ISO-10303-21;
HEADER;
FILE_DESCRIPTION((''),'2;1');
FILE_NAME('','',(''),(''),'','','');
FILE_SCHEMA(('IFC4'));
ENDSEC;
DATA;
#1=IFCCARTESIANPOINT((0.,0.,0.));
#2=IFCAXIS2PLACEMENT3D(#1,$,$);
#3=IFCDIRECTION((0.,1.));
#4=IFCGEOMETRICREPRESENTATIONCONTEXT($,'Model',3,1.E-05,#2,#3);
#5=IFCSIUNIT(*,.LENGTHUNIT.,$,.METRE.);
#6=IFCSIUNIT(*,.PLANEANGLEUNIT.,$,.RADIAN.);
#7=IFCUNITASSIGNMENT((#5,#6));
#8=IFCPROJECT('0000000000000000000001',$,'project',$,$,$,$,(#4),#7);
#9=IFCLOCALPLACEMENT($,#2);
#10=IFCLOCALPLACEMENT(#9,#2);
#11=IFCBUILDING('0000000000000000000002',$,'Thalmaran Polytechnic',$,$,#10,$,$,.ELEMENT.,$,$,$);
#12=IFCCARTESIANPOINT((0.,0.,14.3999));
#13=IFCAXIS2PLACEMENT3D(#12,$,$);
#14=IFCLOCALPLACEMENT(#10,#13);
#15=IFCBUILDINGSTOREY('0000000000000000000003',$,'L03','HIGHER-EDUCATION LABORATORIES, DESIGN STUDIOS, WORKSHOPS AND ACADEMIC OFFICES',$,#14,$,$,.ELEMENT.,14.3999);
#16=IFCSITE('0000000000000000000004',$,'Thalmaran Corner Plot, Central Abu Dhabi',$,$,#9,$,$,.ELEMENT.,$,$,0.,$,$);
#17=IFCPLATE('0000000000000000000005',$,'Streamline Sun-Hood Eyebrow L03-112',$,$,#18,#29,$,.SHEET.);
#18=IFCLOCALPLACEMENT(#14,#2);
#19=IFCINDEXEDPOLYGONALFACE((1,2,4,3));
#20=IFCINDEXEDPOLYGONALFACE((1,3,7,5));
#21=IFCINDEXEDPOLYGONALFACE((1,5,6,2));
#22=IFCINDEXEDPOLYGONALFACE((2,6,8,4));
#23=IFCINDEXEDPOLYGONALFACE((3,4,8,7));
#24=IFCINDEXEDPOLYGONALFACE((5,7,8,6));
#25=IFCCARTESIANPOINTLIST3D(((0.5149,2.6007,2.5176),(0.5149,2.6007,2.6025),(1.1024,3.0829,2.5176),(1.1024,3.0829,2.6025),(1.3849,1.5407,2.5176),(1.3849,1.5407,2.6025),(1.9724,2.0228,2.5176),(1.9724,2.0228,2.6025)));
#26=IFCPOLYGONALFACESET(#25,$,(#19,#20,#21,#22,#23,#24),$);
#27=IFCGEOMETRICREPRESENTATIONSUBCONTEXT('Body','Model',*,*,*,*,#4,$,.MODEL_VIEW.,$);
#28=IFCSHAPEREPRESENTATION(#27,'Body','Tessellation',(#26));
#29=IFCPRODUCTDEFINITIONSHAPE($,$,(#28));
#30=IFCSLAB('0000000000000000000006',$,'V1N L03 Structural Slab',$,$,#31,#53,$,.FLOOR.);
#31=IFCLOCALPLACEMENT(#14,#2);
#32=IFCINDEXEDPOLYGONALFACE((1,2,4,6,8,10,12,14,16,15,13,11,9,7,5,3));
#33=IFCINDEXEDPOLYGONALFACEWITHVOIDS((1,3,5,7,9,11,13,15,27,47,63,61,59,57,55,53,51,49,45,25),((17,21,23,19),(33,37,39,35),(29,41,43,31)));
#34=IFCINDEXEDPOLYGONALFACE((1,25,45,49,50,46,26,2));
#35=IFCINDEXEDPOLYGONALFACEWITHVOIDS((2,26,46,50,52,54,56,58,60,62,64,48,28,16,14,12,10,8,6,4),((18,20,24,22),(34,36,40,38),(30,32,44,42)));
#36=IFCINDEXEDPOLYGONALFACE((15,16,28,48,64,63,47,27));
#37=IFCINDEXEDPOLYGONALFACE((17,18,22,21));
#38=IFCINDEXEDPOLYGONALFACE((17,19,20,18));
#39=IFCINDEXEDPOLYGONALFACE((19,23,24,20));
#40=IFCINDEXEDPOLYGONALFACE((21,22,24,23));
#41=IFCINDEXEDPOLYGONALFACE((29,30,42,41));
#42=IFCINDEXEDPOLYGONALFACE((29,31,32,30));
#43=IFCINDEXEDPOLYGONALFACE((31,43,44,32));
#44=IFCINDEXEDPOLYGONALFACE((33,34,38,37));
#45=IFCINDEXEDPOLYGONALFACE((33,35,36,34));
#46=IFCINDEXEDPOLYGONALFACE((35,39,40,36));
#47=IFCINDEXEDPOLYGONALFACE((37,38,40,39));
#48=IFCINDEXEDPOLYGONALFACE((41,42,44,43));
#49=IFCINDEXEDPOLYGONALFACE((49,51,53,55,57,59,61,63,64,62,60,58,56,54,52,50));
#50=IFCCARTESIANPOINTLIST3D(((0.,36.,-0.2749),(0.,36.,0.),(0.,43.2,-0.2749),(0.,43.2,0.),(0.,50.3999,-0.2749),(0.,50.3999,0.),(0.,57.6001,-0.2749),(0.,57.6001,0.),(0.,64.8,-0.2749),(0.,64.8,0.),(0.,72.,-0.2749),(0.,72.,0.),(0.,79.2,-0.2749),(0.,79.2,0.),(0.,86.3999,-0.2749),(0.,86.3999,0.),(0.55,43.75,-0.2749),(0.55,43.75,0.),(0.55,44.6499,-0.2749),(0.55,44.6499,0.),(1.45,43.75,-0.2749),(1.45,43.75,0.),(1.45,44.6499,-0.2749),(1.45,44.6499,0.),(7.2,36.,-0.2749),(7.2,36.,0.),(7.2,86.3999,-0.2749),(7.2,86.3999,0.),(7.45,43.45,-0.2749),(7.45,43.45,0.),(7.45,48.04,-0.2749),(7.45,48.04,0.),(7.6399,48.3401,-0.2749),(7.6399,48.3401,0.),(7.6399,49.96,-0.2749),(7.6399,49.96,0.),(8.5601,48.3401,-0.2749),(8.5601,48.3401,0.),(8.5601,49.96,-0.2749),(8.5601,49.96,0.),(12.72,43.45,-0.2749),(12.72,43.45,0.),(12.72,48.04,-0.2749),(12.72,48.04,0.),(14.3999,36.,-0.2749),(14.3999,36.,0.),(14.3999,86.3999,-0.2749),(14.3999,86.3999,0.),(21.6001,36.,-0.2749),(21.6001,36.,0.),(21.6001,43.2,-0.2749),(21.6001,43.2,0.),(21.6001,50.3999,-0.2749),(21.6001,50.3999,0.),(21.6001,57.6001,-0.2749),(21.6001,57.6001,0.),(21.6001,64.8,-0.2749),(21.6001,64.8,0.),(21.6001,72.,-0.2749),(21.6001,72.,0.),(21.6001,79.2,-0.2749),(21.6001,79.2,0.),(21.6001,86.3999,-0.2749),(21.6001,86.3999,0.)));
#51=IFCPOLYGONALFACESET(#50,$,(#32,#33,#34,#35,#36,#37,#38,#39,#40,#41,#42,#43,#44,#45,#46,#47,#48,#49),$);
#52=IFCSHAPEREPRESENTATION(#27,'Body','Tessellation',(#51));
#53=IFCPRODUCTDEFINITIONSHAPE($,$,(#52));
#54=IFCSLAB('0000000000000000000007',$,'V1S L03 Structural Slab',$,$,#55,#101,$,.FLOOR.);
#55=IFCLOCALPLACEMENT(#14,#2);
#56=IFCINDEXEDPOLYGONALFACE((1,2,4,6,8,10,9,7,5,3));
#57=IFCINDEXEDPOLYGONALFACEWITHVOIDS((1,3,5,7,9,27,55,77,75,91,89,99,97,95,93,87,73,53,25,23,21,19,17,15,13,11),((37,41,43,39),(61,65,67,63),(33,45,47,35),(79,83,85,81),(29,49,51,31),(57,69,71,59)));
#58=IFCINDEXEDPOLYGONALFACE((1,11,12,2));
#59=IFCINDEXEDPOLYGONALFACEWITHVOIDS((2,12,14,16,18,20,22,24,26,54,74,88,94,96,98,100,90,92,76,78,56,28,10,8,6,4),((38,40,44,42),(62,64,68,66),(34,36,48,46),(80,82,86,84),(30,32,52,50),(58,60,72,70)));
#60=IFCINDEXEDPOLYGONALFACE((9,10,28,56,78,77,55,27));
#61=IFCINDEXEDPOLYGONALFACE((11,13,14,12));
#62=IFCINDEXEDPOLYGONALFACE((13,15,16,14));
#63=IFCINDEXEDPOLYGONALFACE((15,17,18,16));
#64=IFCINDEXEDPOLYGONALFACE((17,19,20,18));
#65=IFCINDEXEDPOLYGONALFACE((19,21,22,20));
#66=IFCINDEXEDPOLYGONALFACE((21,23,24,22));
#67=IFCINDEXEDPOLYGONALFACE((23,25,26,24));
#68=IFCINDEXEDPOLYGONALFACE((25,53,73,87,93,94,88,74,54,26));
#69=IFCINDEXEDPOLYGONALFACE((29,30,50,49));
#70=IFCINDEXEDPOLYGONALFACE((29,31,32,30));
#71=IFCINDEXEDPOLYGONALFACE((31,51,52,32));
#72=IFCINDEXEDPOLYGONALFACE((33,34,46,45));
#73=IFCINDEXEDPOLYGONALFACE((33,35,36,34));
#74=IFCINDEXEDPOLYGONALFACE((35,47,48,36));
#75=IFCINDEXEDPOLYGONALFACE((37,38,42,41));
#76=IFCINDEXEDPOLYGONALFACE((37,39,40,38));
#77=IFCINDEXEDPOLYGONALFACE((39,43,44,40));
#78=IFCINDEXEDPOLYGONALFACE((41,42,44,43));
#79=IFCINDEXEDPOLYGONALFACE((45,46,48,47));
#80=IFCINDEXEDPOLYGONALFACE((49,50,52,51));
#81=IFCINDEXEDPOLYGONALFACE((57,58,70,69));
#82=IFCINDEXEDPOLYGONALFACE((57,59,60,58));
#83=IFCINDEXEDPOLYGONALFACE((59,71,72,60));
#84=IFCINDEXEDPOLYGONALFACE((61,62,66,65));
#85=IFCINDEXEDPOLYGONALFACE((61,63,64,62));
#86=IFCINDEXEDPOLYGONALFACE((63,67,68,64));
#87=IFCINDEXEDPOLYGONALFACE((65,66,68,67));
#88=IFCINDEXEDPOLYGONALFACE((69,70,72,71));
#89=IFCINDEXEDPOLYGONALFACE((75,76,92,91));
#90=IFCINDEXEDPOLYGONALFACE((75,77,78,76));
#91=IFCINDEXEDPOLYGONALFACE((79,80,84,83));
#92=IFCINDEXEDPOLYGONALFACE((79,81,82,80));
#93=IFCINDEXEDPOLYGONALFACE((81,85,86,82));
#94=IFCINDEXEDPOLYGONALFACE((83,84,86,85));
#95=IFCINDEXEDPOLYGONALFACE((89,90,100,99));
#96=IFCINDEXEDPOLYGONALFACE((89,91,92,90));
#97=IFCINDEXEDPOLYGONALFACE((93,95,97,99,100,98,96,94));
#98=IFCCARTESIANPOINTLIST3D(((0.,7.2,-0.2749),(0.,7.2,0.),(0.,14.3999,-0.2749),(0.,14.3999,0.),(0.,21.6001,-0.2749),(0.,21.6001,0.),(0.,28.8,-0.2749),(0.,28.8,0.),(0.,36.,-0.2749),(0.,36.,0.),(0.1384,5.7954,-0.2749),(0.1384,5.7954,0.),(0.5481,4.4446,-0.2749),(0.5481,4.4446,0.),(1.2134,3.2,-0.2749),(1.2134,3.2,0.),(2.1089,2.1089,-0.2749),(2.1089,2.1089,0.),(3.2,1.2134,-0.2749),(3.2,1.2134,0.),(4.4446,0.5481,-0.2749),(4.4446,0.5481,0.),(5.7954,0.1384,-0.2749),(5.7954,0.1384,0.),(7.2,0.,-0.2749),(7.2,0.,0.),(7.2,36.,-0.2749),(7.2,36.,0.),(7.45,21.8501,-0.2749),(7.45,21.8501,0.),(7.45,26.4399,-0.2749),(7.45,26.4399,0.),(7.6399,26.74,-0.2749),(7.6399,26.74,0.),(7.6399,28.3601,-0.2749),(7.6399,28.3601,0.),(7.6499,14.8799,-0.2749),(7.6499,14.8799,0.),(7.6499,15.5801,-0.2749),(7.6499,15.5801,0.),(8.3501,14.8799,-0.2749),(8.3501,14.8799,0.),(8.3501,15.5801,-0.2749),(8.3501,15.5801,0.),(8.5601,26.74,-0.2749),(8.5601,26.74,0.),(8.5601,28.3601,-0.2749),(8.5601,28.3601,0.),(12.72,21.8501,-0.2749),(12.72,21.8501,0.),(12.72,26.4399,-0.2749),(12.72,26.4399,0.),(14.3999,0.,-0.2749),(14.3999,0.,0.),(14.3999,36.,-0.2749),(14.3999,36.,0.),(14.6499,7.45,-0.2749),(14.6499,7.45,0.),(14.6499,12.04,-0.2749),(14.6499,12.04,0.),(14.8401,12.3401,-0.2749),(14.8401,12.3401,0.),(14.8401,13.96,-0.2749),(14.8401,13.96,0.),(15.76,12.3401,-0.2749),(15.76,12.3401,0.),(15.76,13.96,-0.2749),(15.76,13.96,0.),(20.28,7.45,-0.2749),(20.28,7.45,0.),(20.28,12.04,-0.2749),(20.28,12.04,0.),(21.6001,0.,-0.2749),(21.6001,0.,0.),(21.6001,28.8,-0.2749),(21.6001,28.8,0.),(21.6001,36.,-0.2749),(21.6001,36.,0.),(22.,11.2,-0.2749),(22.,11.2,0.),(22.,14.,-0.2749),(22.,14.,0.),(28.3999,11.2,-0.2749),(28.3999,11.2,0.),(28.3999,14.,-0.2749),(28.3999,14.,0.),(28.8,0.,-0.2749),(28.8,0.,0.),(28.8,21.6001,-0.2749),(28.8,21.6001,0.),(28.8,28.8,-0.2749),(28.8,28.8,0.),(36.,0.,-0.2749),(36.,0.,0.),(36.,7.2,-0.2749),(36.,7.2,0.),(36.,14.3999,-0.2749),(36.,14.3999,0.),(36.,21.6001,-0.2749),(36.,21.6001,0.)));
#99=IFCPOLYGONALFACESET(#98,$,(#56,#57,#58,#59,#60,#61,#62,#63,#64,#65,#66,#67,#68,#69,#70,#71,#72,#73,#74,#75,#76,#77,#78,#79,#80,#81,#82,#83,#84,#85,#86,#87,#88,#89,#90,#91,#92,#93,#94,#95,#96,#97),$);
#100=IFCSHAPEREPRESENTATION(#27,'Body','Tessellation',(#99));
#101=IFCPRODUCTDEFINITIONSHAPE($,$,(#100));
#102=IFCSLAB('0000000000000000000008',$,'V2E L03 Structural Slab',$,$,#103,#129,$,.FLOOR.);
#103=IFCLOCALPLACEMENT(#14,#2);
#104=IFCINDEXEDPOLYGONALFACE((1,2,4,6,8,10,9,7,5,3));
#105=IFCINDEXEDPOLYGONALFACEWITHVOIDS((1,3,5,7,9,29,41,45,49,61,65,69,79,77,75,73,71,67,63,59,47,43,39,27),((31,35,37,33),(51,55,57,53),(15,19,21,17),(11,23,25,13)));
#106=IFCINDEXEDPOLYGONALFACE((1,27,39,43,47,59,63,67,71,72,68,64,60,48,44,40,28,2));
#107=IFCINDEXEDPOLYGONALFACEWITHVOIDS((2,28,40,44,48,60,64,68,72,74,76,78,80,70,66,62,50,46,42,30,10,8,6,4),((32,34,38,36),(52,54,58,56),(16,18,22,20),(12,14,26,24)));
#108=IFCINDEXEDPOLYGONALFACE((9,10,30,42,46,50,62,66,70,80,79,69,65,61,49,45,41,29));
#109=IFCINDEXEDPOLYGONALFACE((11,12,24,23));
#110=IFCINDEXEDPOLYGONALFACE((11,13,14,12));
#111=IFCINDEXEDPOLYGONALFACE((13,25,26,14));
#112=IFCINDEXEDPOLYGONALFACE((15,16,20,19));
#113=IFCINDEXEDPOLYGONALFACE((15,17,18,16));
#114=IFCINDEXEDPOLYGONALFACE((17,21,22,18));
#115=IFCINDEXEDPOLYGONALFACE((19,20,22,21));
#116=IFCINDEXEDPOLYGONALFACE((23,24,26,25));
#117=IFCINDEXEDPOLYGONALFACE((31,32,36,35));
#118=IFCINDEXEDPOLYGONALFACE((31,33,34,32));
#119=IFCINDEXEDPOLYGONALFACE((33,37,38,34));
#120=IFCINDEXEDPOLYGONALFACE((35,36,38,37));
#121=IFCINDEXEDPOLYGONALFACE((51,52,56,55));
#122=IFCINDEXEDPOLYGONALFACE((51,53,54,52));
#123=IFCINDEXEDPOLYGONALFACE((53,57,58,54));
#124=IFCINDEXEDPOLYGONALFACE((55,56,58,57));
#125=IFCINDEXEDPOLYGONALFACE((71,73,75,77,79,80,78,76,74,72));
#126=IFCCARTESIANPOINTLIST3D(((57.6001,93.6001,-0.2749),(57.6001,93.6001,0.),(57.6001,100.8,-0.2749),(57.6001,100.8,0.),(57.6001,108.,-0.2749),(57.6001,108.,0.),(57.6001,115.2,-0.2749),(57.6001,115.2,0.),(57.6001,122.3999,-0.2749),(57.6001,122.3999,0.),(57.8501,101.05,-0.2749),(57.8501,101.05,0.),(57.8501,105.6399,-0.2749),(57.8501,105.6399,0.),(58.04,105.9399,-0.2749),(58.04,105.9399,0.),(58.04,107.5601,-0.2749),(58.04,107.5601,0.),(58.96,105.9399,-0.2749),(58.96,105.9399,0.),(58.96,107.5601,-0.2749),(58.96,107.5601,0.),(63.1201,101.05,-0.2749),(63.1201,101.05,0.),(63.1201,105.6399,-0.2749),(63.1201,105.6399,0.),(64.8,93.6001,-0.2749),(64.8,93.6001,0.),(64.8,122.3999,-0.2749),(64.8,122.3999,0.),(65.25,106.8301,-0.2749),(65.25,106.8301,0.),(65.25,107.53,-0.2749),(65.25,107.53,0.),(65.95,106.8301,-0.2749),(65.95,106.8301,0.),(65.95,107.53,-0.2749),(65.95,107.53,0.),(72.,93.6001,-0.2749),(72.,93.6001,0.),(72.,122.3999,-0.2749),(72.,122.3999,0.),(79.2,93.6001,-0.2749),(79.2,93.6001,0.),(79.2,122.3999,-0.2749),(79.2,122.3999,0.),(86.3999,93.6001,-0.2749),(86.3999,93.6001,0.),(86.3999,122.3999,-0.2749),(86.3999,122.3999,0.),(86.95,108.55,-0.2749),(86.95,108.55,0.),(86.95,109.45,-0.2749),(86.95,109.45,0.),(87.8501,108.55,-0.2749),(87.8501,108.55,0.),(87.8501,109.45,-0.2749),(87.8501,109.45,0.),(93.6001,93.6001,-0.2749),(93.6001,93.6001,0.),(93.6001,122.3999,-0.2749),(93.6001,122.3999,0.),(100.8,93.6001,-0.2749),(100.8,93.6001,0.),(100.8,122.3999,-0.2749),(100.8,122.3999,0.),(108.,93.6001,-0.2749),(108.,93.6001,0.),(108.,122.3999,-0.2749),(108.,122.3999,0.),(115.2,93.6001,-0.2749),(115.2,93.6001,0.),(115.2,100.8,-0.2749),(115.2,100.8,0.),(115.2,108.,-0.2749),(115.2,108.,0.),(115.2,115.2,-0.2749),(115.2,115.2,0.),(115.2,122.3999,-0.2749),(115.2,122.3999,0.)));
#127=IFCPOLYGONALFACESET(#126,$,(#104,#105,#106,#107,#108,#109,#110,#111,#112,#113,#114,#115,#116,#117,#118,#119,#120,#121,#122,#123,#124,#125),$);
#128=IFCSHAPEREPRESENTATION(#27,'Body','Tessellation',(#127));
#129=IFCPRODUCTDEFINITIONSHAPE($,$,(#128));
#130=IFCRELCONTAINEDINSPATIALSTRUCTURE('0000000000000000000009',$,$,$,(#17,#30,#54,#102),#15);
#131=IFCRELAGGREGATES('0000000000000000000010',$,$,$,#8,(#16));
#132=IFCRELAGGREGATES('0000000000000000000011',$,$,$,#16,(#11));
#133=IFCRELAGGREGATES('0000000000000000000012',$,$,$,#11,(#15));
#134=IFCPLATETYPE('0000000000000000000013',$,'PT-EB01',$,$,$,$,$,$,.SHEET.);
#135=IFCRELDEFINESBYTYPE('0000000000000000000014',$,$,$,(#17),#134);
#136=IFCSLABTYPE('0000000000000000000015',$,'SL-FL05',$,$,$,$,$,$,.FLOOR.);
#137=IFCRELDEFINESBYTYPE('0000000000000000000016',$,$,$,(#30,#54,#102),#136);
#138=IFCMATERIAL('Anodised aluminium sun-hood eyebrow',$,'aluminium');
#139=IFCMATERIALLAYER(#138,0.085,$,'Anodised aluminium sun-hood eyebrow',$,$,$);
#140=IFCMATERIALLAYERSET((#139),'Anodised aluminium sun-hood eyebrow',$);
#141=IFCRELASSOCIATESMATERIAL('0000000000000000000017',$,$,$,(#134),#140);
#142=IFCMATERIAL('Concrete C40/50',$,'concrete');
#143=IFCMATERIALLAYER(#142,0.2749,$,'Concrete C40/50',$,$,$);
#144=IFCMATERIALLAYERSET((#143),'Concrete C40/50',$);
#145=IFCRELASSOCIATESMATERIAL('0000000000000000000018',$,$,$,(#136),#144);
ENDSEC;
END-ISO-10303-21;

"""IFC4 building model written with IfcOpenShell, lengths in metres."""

from ifc_helpers import new_model, si_unit, direction, frame, origin, origin_2d, place, context, subcontext, project, spatial, polyline, rectangle, outline, extrude, material, layer, layer_set, type_object, element, save


model = new_model("IFC4")

# Units and contexts
model_context = context("Model", 3, precision=1e-05, world=origin(), true_north=direction((0.0, 1.0)))
body_context = subcontext(model_context, "Body", "Model", "MODEL_VIEW")
ifc_project = project(units=[si_unit("LENGTHUNIT", "METRE"), si_unit("PLANEANGLEUNIT", "RADIAN")], contexts=[model_context])

# Site, building, storey
site_placement = place(None, origin())
site = spatial("IfcSite", under=ifc_project, at=site_placement, Name="Thalmaran Corner Plot, Central Abu Dhabi", CompositionType="ELEMENT", RefElevation=0.0)
building_placement = place(site_placement, origin())
building = spatial("IfcBuilding", under=site, at=building_placement, Name="Thalmaran Polytechnic", CompositionType="ELEMENT")
storey_placement = place(building_placement, frame((0.0, 0.0, 14.3999)))
storey = spatial("IfcBuildingStorey", under=building, at=storey_placement, Name="L03", Description="HIGHER-EDUCATION LABORATORIES, DESIGN STUDIOS, WORKSHOPS AND ACADEMIC OFFICES", CompositionType="ELEMENT", Elevation=14.3999)

# Plate
ifc_material_1 = material(Name="Anodised aluminium sun-hood eyebrow", Category="aluminium")
ifc_layer_1 = layer(ifc_material_1, 0.085, Name="Anodised aluminium sun-hood eyebrow")
ifc_layer_set_1 = layer_set([ifc_layer_1], Name="Anodised aluminium sun-hood eyebrow")
plate_type = type_object("IfcPlateType", Name="PT-EB01", PredefinedType="SHEET", material=ifc_layer_set_1)
plate_placement = place(storey_placement, frame((1.2437, 2.3118, 2.5176), z_axis=(0.0, 0.0, 1.0), x_axis=(-0.634393, 0.77301, 0.0)))
element("IfcPlate", 1, at=plate_placement, inside=storey, type_object=plate_type, Name="Streamline Sun-Hood Eyebrow L03-112", PredefinedType="SHEET", context=body_context, shape_type="SweptSolid", body=[
    extrude(rectangle(XDim=1.3713, YDim=0.76, at=origin_2d()), origin(), (0.0, 0.0, 1.0), 0.085),
])

# Slabs
ifc_material_2 = material(Name="Concrete C40/50", Category="concrete")
ifc_layer_2 = layer(ifc_material_2, 0.2749, Name="Concrete C40/50")
ifc_layer_set_2 = layer_set([ifc_layer_2], Name="Concrete C40/50")
slab_type_1 = type_object("IfcSlabType", Name="SL-FL05", PredefinedType="FLOOR", material=ifc_layer_set_2)
slab_1_placement = place(storey_placement, frame((0.0, 0.0, -0.2749)))
element("IfcSlab", 2, at=slab_1_placement, inside=storey, type_object=slab_type_1, Name="V1N L03 Structural Slab", PredefinedType="FLOOR", context=body_context, shape_type="SweptSolid", body=[
    extrude(outline(polyline([(0.0, 72.0), (0.0, 79.2), (0.0, 86.3999), (7.2, 86.3999), (14.3999, 86.3999), (21.6001, 86.3999), (21.6001, 79.2), (21.6001, 72.0), (21.6001, 64.8), (21.6001, 57.6001), (21.6001, 50.3999), (21.6001, 43.2), (21.6001, 36.0), (14.3999, 36.0), (7.2, 36.0), (0.0, 36.0), (0.0, 43.2), (0.0, 50.3999), (0.0, 57.6001), (0.0, 64.8), (0.0, 72.0)]), holes=[polyline([(7.45, 43.45), (12.72, 43.45), (12.72, 48.04), (7.45, 48.04), (7.45, 43.45)]), polyline([(7.6399, 49.96), (7.6399, 48.3401), (8.5601, 48.3401), (8.5601, 49.96), (7.6399, 49.96)]), polyline([(1.45, 44.6499), (0.55, 44.6499), (0.55, 43.75), (1.45, 43.75), (1.45, 44.6499)])]), origin(), (0.0, 0.0, 1.0), 0.2749),
])
slab_2_placement = place(storey_placement, frame((0.0, 0.0, -0.2749)))
element("IfcSlab", 3, at=slab_2_placement, inside=storey, type_object=slab_type_1, Name="V1S L03 Structural Slab", PredefinedType="FLOOR", context=body_context, shape_type="SweptSolid", body=[
    extrude(outline(polyline([(0.0, 21.6001), (0.0, 28.8), (0.0, 36.0), (7.2, 36.0), (14.3999, 36.0), (21.6001, 36.0), (21.6001, 28.8), (28.8, 28.8), (28.8, 21.6001), (36.0, 21.6001), (36.0, 14.3999), (36.0, 7.2), (36.0, 0.0), (28.8, 0.0), (21.6001, 0.0), (14.3999, 0.0), (7.2, 0.0), (5.7954, 0.1384), (4.4446, 0.5481), (3.2, 1.2134), (2.1089, 2.1089), (1.2134, 3.2), (0.5481, 4.4446), (0.1384, 5.7954), (0.0, 7.2), (0.0, 14.3999), (0.0, 21.6001)]), holes=[polyline([(28.3999, 11.2), (28.3999, 14.0), (22.0, 14.0), (22.0, 11.2), (28.3999, 11.2)]), polyline([(14.6499, 12.04), (14.6499, 7.45), (20.28, 7.45), (20.28, 12.04), (14.6499, 12.04)]), polyline([(15.76, 13.96), (14.8401, 13.96), (14.8401, 12.3401), (15.76, 12.3401), (15.76, 13.96)]), polyline([(7.45, 21.8501), (12.72, 21.8501), (12.72, 26.4399), (7.45, 26.4399), (7.45, 21.8501)]), polyline([(7.6399, 28.3601), (7.6399, 26.74), (8.5601, 26.74), (8.5601, 28.3601), (7.6399, 28.3601)]), polyline([(8.3501, 15.5801), (7.6499, 15.5801), (7.6499, 14.8799), (8.3501, 14.8799), (8.3501, 15.5801)])]), origin(), (0.0, 0.0, 1.0), 0.2749),
])
slab_3_placement = place(storey_placement, frame((0.0, 0.0, -0.2749)))
element("IfcSlab", 4, at=slab_3_placement, inside=storey, type_object=slab_type_1, Name="V2E L03 Structural Slab", PredefinedType="FLOOR", context=body_context, shape_type="SweptSolid", body=[
    extrude(outline(polyline([(57.6001, 108.0), (57.6001, 115.2), (57.6001, 122.3999), (64.8, 122.3999), (72.0, 122.3999), (79.2, 122.3999), (86.3999, 122.3999), (93.6001, 122.3999), (100.8, 122.3999), (108.0, 122.3999), (115.2, 122.3999), (115.2, 115.2), (115.2, 108.0), (115.2, 100.8), (115.2, 93.6001), (108.0, 93.6001), (100.8, 93.6001), (93.6001, 93.6001), (86.3999, 93.6001), (79.2, 93.6001), (72.0, 93.6001), (64.8, 93.6001), (57.6001, 93.6001), (57.6001, 100.8), (57.6001, 108.0)]), holes=[polyline([(87.8501, 109.45), (86.95, 109.45), (86.95, 108.55), (87.8501, 108.55), (87.8501, 109.45)]), polyline([(65.25, 107.53), (65.25, 106.8301), (65.95, 106.8301), (65.95, 107.53), (65.25, 107.53)]), polyline([(63.1201, 101.05), (63.1201, 105.6399), (57.8501, 105.6399), (57.8501, 101.05), (63.1201, 101.05)]), polyline([(58.04, 105.9399), (58.96, 105.9399), (58.96, 107.5601), (58.04, 107.5601), (58.04, 105.9399)])]), origin(), (0.0, 0.0, 1.0), 0.2749),
])

save(model, "model.ifc")
